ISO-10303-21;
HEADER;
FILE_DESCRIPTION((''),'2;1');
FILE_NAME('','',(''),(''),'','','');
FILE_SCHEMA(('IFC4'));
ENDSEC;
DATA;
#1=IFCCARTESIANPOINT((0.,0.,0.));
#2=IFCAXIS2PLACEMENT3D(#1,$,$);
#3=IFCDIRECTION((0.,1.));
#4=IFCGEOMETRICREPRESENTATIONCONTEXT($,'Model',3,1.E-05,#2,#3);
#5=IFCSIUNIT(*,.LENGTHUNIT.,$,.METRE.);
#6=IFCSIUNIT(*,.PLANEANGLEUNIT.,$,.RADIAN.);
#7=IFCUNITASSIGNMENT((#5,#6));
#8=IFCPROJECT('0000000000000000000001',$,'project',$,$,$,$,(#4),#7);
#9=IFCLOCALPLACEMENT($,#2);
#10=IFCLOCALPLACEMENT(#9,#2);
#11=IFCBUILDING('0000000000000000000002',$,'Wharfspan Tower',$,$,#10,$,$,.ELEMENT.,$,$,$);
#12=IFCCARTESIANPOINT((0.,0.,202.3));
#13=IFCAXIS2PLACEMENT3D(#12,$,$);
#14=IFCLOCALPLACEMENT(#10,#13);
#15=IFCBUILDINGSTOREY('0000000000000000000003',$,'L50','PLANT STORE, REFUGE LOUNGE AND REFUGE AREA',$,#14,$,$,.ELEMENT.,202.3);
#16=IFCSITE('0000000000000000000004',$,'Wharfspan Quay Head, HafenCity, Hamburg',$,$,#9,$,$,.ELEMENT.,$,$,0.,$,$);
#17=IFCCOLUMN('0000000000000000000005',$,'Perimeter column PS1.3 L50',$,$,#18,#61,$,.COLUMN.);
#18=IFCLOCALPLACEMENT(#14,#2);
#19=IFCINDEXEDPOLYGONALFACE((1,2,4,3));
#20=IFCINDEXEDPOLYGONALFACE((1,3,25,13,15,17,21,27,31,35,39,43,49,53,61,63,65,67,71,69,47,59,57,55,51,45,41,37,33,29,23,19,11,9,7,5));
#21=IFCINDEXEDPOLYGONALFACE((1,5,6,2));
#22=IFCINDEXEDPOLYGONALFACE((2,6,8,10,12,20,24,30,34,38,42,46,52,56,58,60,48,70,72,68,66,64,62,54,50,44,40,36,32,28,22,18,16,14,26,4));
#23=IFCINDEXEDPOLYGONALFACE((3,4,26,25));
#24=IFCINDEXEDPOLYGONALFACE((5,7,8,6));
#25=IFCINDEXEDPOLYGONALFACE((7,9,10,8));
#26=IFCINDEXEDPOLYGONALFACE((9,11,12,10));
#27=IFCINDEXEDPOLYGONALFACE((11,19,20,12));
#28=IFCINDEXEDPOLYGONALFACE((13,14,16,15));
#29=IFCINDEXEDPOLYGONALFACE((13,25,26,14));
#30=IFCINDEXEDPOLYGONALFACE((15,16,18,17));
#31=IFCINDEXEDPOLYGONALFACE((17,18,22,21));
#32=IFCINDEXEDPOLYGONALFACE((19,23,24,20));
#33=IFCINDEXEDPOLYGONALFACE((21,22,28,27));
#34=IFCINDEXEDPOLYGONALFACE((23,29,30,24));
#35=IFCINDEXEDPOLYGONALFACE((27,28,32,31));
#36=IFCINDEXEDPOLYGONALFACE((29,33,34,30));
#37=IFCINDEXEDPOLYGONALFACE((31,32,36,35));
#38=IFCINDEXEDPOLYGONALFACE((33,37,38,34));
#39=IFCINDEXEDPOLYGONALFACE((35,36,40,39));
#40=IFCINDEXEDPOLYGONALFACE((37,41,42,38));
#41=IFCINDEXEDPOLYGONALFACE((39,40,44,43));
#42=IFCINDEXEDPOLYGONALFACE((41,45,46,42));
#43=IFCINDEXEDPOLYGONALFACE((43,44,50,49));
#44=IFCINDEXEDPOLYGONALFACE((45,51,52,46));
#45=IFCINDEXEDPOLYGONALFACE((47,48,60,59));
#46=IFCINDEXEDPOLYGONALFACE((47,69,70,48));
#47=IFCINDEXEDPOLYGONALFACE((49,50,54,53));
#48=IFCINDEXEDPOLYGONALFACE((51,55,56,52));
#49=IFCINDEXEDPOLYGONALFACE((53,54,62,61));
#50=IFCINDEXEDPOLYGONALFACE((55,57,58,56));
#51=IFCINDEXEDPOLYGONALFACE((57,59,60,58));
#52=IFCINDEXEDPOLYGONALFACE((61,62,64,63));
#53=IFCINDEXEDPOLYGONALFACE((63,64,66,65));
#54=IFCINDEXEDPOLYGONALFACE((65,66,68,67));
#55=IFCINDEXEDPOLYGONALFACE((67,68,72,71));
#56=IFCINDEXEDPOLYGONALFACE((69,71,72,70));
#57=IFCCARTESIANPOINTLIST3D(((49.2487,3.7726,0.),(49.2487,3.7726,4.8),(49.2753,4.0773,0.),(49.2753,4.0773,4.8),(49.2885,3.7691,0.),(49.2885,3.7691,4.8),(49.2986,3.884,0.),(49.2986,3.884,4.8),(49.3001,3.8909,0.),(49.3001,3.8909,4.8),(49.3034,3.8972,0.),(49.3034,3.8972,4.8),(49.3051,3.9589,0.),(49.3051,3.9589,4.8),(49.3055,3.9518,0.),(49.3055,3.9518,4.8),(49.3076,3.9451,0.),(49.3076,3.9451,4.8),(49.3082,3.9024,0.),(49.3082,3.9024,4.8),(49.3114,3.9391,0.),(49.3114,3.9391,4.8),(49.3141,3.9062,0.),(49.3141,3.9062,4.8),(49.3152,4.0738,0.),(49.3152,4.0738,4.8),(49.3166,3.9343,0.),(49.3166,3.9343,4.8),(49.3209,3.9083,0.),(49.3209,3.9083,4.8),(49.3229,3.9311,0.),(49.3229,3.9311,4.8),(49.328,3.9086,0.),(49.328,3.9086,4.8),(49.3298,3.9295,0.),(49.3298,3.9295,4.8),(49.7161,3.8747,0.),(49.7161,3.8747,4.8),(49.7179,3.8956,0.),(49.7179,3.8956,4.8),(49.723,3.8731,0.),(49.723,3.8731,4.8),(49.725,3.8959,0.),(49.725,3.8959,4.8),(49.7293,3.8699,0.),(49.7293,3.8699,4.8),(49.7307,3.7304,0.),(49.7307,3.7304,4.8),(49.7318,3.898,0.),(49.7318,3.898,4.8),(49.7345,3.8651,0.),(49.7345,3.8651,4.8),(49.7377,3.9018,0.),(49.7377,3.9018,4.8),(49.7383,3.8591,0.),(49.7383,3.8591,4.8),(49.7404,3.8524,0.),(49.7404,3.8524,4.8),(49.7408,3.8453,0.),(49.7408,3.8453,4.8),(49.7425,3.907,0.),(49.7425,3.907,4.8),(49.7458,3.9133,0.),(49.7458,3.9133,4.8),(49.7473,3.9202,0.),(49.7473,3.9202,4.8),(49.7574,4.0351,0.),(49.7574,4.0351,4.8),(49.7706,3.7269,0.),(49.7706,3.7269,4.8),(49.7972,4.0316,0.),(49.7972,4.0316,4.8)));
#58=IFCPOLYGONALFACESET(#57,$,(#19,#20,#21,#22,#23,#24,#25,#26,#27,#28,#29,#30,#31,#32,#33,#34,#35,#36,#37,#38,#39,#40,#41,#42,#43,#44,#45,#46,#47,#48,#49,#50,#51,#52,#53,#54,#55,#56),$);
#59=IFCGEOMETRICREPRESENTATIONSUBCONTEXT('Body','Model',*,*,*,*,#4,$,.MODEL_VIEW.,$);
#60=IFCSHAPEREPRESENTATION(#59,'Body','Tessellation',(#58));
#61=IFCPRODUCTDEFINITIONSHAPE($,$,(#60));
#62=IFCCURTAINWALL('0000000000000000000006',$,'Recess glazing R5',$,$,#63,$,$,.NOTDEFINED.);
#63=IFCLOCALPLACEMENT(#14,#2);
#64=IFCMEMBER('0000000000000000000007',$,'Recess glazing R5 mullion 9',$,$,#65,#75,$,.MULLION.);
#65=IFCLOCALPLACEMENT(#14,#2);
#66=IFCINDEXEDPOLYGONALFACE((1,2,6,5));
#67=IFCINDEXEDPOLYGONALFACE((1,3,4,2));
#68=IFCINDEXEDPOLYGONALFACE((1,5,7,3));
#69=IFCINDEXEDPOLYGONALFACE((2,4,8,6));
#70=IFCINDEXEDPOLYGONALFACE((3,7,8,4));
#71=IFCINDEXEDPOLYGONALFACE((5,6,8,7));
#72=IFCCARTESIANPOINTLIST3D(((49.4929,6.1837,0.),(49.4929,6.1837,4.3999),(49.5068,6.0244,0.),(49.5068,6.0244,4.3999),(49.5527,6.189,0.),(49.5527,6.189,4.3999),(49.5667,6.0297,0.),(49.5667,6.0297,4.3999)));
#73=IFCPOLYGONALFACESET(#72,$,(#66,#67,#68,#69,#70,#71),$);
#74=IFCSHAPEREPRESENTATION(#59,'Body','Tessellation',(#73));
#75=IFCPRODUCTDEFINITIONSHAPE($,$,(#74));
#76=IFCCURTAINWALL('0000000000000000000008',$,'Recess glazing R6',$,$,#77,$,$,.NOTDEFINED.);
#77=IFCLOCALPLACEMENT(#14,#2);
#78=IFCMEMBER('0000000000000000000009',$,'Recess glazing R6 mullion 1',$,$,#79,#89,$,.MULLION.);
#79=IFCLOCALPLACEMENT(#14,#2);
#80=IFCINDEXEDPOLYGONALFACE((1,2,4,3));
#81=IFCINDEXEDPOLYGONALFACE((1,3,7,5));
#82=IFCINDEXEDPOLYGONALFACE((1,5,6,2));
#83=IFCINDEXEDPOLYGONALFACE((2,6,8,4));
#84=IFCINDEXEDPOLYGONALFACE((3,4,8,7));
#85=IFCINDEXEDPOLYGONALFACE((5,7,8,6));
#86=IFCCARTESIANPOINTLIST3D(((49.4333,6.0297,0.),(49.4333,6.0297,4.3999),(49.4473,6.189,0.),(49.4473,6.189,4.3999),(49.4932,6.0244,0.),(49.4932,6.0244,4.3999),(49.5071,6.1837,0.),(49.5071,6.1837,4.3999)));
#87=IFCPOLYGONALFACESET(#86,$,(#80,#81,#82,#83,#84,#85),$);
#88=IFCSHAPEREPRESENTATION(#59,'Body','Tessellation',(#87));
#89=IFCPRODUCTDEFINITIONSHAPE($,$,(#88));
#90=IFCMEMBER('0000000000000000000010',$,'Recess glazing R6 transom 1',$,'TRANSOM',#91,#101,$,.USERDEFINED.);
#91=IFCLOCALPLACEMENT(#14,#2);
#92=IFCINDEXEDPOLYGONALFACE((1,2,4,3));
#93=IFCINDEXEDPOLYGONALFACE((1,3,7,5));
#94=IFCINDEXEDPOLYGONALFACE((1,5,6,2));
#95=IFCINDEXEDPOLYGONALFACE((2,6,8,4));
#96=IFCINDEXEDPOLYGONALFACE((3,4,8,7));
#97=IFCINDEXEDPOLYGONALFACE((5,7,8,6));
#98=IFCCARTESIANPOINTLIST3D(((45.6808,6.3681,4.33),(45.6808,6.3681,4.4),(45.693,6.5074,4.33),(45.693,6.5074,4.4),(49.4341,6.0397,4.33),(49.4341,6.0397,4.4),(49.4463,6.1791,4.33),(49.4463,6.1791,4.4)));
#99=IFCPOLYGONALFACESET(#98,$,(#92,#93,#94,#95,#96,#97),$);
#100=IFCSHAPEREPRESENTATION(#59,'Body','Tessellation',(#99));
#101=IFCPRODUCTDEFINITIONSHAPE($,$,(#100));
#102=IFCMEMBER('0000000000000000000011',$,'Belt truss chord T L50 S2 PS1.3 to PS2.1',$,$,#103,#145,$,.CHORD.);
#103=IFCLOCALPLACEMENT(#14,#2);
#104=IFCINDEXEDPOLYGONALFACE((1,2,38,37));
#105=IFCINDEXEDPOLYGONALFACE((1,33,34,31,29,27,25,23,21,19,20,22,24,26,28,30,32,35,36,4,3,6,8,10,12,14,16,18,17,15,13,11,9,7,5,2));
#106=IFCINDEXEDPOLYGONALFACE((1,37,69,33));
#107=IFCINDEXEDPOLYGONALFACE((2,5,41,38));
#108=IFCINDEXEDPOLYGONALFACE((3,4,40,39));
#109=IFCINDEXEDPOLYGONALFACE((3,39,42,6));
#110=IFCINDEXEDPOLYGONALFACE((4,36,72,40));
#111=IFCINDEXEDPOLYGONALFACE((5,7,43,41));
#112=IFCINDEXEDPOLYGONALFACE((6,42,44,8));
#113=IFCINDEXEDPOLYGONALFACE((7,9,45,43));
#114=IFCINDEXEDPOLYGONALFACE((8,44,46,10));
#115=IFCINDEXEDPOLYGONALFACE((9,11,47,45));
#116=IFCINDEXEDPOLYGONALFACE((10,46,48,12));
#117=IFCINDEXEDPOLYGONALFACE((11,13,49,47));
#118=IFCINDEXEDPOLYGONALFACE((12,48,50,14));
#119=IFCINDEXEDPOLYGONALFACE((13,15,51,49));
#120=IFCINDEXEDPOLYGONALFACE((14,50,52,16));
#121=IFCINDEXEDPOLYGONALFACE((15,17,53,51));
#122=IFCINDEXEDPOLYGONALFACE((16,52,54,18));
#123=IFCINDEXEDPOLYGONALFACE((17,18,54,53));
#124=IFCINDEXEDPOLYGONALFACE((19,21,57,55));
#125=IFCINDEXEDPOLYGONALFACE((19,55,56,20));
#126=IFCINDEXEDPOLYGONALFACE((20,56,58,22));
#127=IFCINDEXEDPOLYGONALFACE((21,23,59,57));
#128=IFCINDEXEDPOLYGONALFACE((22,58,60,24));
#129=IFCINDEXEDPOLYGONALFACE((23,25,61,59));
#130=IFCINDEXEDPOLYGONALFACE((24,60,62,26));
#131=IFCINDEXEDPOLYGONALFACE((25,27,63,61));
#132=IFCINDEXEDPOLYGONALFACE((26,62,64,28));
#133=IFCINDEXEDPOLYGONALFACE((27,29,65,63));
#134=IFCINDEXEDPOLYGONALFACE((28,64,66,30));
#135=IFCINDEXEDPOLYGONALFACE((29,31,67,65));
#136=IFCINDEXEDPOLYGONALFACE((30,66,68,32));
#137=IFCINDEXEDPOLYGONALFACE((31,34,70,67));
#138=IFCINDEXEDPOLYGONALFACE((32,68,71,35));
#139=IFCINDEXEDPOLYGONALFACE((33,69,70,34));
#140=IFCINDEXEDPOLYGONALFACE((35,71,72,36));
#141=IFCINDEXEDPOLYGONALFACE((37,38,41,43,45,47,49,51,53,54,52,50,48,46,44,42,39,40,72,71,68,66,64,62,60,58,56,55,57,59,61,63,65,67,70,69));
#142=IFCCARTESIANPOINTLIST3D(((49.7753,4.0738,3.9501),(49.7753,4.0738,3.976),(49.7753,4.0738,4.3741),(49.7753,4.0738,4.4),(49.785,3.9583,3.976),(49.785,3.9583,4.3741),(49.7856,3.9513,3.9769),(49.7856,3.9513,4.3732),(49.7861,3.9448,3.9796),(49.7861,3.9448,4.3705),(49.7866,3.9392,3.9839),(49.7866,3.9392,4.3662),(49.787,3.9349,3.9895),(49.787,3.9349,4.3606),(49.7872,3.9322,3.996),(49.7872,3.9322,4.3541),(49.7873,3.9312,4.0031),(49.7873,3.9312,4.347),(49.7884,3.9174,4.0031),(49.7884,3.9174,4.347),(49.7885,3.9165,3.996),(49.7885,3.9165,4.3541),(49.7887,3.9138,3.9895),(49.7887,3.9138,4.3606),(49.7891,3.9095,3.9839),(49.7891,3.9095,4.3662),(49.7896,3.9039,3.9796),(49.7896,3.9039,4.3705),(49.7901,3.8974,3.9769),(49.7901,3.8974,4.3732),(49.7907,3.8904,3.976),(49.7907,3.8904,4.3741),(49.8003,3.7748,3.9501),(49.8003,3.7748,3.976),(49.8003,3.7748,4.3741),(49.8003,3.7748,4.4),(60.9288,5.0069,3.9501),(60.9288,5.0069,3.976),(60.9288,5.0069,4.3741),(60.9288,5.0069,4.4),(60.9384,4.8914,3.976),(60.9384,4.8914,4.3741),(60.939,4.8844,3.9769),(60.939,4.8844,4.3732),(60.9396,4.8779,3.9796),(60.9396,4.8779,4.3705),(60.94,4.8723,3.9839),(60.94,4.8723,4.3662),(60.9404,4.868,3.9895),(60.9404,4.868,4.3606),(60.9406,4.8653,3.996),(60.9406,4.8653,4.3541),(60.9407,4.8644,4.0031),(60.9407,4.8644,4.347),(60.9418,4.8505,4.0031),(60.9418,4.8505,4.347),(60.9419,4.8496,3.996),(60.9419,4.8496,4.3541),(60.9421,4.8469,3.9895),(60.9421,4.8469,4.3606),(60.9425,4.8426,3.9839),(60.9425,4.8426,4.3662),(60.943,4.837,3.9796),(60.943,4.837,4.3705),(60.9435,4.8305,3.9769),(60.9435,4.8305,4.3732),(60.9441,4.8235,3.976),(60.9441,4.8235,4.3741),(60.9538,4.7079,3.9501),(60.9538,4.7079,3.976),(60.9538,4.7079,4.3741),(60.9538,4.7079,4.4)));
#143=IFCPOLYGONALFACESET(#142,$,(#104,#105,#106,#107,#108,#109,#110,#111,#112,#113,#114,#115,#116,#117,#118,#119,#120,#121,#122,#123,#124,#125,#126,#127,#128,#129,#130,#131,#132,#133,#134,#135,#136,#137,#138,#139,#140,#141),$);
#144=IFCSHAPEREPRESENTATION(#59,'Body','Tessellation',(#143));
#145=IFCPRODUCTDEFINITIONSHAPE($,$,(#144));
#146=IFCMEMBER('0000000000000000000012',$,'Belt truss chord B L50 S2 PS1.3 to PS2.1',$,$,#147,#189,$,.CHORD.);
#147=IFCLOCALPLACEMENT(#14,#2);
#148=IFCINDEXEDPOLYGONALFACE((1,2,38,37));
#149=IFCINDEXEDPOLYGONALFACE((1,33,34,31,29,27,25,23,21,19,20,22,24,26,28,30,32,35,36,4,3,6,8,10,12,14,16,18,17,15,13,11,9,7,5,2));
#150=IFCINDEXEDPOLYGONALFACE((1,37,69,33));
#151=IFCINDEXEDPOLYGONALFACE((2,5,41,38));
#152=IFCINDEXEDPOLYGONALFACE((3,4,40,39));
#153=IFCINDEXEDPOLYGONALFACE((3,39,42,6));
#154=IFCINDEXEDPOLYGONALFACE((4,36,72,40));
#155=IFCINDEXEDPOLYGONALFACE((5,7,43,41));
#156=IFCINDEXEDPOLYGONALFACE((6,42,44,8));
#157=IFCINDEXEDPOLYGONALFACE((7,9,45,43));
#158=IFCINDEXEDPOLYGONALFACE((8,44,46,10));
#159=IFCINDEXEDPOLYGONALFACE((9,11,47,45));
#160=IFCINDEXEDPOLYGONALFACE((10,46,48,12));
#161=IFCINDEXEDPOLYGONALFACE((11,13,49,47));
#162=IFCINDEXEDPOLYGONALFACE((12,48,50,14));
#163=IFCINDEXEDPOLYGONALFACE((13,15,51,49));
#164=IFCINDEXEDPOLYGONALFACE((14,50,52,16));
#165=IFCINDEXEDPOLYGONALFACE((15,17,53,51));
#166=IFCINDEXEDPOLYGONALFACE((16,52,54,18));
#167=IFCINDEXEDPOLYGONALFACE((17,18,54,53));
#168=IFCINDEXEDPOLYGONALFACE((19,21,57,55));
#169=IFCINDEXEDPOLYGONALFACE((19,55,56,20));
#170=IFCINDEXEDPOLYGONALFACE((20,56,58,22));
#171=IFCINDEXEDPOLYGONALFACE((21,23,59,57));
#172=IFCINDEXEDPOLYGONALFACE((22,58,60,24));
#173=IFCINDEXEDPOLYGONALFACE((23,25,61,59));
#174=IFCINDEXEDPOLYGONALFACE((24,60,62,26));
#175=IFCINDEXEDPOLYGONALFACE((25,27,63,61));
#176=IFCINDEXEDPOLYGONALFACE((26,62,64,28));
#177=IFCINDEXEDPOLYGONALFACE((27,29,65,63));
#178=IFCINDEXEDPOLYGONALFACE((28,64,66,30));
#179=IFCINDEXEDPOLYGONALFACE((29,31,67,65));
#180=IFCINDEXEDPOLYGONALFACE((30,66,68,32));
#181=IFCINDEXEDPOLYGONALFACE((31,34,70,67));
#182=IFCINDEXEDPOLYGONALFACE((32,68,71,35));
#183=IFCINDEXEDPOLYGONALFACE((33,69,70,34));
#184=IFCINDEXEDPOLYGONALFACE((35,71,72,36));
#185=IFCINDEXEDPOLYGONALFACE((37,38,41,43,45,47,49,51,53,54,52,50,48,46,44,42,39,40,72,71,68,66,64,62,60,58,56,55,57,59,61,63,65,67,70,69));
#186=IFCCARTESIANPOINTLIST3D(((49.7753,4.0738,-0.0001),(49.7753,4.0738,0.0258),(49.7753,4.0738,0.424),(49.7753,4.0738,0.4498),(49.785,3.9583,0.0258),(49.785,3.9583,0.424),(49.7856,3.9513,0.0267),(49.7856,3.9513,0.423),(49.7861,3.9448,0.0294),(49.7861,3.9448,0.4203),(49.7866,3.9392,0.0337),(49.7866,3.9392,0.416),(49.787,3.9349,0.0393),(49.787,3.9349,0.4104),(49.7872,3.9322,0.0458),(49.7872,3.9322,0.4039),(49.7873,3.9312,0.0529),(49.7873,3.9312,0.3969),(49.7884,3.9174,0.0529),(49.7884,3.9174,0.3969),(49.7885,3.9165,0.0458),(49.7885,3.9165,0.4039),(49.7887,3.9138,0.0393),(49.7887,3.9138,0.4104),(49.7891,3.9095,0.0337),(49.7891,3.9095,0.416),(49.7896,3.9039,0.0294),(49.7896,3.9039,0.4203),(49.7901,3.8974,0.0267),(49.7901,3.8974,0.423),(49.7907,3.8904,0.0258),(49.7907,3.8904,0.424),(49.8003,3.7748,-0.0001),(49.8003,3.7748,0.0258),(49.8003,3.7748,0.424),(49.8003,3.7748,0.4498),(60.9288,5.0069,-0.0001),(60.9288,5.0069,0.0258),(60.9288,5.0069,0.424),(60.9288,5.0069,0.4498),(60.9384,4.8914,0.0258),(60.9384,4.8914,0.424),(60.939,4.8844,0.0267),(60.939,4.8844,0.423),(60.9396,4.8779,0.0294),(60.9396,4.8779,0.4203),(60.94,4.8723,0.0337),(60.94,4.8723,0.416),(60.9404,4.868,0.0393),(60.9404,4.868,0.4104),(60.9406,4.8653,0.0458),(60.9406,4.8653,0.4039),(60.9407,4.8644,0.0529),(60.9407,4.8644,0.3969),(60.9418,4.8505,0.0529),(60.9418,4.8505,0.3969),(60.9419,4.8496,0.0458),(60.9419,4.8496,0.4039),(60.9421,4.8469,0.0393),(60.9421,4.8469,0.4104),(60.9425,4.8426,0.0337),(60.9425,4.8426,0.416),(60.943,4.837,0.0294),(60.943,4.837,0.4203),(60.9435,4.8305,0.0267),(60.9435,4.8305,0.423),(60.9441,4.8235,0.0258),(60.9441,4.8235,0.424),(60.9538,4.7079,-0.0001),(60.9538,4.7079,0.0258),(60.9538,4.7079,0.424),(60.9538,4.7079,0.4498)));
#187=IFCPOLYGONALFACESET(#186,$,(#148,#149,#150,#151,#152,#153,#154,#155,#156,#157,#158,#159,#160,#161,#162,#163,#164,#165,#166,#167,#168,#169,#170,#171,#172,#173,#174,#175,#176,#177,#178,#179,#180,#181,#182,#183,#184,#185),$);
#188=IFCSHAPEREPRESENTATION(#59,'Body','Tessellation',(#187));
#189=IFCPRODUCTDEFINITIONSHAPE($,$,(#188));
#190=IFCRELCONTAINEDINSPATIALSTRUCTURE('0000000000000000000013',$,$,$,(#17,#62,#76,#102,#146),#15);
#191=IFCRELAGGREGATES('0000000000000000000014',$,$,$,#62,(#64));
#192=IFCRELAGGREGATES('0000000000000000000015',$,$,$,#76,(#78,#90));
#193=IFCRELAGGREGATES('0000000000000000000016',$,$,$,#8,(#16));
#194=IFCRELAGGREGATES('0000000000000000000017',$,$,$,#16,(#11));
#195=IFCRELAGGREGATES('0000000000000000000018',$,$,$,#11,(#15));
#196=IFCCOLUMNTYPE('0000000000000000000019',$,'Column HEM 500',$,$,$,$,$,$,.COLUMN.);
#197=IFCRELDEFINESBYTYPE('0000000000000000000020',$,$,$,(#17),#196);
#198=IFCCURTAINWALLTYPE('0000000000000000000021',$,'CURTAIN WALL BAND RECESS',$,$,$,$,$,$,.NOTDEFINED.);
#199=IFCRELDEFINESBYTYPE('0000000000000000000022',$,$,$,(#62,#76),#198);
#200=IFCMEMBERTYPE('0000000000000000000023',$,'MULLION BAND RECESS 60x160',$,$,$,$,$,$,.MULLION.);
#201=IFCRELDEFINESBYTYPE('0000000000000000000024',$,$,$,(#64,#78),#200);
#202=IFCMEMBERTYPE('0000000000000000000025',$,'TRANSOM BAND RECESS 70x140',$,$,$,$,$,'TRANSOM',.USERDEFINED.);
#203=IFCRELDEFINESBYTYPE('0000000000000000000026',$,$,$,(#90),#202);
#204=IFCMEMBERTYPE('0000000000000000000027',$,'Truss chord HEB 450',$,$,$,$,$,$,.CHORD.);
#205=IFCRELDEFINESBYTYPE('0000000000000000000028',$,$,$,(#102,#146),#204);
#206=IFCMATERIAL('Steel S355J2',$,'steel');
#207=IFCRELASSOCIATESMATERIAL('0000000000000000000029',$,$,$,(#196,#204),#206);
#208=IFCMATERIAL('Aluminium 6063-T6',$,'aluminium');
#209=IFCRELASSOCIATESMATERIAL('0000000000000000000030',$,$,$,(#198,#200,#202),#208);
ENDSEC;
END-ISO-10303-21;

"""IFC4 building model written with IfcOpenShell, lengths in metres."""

from ifc_helpers import new_model, si_unit, direction, frame, origin, origin_2d, place, context, subcontext, project, spatial, rectangle, i_section, extrude, material, material_profile, profile_set, type_object, element, aggregate, save


model = new_model("IFC4")

# Units and contexts
model_context = context("Model", 3, precision=1e-05, world=origin(), true_north=direction((0.0, 1.0)))
body_context = subcontext(model_context, "Body", "Model", "MODEL_VIEW")
ifc_project = project(units=[si_unit("LENGTHUNIT", "METRE"), si_unit("PLANEANGLEUNIT", "RADIAN")], contexts=[model_context])

# Site, building, storey
site_placement = place(None, origin())
site = spatial("IfcSite", under=ifc_project, at=site_placement, Name="Wharfspan Quay Head, HafenCity, Hamburg", CompositionType="ELEMENT", RefElevation=0.0)
building_placement = place(site_placement, origin())
building = spatial("IfcBuilding", under=site, at=building_placement, Name="Wharfspan Tower", CompositionType="ELEMENT")
storey_placement = place(building_placement, frame((0.0, 0.0, 202.3)))
storey = spatial("IfcBuildingStorey", under=building, at=storey_placement, Name="L50", Description="PLANT STORE, REFUGE LOUNGE AND REFUGE AREA", CompositionType="ELEMENT", Elevation=202.3)

# Column
ifc_material_1 = material(Name="Steel S355J2", Category="steel")
ifc_material_profile_1 = material_profile(ifc_material_1, i_section(OverallWidth=0.3059, OverallDepth=0.5239, WebThickness=0.021, FlangeThickness=0.04, FilletRadius=0.0271, at=origin_2d()))
ifc_profile_set_1 = profile_set([ifc_material_profile_1], Name="Steel S355J2")
column_type = type_object("IfcColumnType", Name="Column HEM 500", PredefinedType="COLUMN", material=ifc_profile_set_1)
column_placement = place(storey_placement, frame((49.5229, 3.9021, 0.0), z_axis=(0.0, 0.0, 1.0), x_axis=(-0.087156, -0.996197, 0.0)))
element("IfcColumn", 1, at=column_placement, inside=storey, type_object=column_type, Name="Perimeter column PS1.3 L50", PredefinedType="COLUMN", context=body_context, shape_type="SweptSolid", body=[
    extrude(i_section(OverallWidth=0.3059, OverallDepth=0.5239, WebThickness=0.021, FlangeThickness=0.04, FilletRadius=0.0271, at=origin_2d()), origin(), (0.0, 0.0, 1.0), 4.8),
])

# Curtain wall, member
ifc_material_2 = material(Name="Aluminium 6063-T6", Category="aluminium")
curtain_wall_type = type_object("IfcCurtainWallType", Name="CURTAIN WALL BAND RECESS", PredefinedType="NOTDEFINED", material=ifc_material_2)
curtain_wall_1_placement = place(storey_placement, origin())
curtain_wall_1 = element("IfcCurtainWall", 2, at=curtain_wall_1_placement, inside=storey, type_object=curtain_wall_type, Name="Recess glazing R5", PredefinedType="NOTDEFINED")
ifc_material_profile_2 = material_profile(ifc_material_2, rectangle(XDim=0.1599, YDim=0.0601, at=origin_2d()))
ifc_profile_set_2 = profile_set([ifc_material_profile_2], Name="Aluminium 6063-T6")
member_type_1 = type_object("IfcMemberType", Name="MULLION BAND RECESS 60x160", PredefinedType="MULLION", material=ifc_profile_set_2)
member_1_placement = place(storey_placement, frame((49.5298, 6.1067, 0.0), z_axis=(0.0, 0.0, 1.0), x_axis=(0.087156, -0.996198, 0.0)))
member_1 = element("IfcMember", 3, at=member_1_placement, type_object=member_type_1, Name="Recess glazing R5 mullion 9", PredefinedType="MULLION", context=body_context, shape_type="SweptSolid", body=[
    extrude(rectangle(XDim=0.1599, YDim=0.0601, at=origin_2d()), origin(), (0.0, 0.0, 1.0), 4.3999),
])

# Curtain wall, members
curtain_wall_2_placement = place(storey_placement, origin())
curtain_wall_2 = element("IfcCurtainWall", 4, at=curtain_wall_2_placement, inside=storey, type_object=curtain_wall_type, Name="Recess glazing R6", PredefinedType="NOTDEFINED")
member_2_placement = place(storey_placement, frame((49.4702, 6.1067, 0.0), z_axis=(0.0, 0.0, 1.0), x_axis=(-0.087156, -0.996198, 0.0)))
member_2 = element("IfcMember", 5, at=member_2_placement, type_object=member_type_1, Name="Recess glazing R6 mullion 1", PredefinedType="MULLION", context=body_context, shape_type="SweptSolid", body=[
    extrude(rectangle(XDim=0.1599, YDim=0.0601, at=origin_2d()), origin(), (0.0, 0.0, 1.0), 4.3999),
])
ifc_material_profile_3 = material_profile(ifc_material_2, rectangle(XDim=0.1399, YDim=0.0701, at=origin_2d()))
ifc_profile_set_3 = profile_set([ifc_material_profile_3], Name="Aluminium 6063-T6")
member_type_2 = type_object("IfcMemberType", Name="TRANSOM BAND RECESS 70x140", ElementType="TRANSOM", PredefinedType="USERDEFINED", material=ifc_profile_set_3)
member_3_placement = place(storey_placement, frame((49.4402, 6.1094, 4.365), z_axis=(-0.996194, 0.087158, 0.0), x_axis=(-0.087158, -0.996194, 0.0)))
member_3 = element("IfcMember", 6, at=member_3_placement, type_object=member_type_2, Name="Recess glazing R6 transom 1", ObjectType="TRANSOM", PredefinedType="USERDEFINED", context=body_context, shape_type="SweptSolid", body=[
    extrude(rectangle(XDim=0.1399, YDim=0.0701, at=origin_2d()), origin(), (0.0, 0.0, 1.0), 3.7676),
])

# Members
ifc_material_profile_4 = material_profile(ifc_material_1, i_section(OverallWidth=0.3, OverallDepth=0.45, WebThickness=0.0139, FlangeThickness=0.0259, FilletRadius=0.0271, at=origin_2d()))
ifc_profile_set_4 = profile_set([ifc_material_profile_4], Name="Steel S355J2")
member_type_3 = type_object("IfcMemberType", Name="Truss chord HEB 450", PredefinedType="CHORD", material=ifc_profile_set_4)
for number, where, z_axis, x_axis, name in (
    (7, (49.7878, 3.9243, 4.175), (0.996519, 0.08337, 0.0), (-0.08337, 0.996519, 0.0), "Belt truss chord T L50 S2 PS1.3 to PS2.1"),
    (8, (49.7878, 3.9243, 0.2249), (0.996519, 0.08337, 0.0), (-0.08337, 0.996519, 0.0), "Belt truss chord B L50 S2 PS1.3 to PS2.1"),
):
    element("IfcMember", number, at=place(storey_placement, frame(where, z_axis=z_axis, x_axis=x_axis)), inside=storey, type_object=member_type_3, Name=name, PredefinedType="CHORD", context=body_context, shape_type="SweptSolid", body=[
        extrude(i_section(OverallWidth=0.3, OverallDepth=0.45, WebThickness=0.0139, FlangeThickness=0.0259, FilletRadius=0.0271, at=origin_2d()), origin(), (0.0, 0.0, 1.0), 11.1924),
    ])

aggregate(curtain_wall_1, [member_1])
aggregate(curtain_wall_2, [member_2, member_3])

save(model, "model.ifc")
